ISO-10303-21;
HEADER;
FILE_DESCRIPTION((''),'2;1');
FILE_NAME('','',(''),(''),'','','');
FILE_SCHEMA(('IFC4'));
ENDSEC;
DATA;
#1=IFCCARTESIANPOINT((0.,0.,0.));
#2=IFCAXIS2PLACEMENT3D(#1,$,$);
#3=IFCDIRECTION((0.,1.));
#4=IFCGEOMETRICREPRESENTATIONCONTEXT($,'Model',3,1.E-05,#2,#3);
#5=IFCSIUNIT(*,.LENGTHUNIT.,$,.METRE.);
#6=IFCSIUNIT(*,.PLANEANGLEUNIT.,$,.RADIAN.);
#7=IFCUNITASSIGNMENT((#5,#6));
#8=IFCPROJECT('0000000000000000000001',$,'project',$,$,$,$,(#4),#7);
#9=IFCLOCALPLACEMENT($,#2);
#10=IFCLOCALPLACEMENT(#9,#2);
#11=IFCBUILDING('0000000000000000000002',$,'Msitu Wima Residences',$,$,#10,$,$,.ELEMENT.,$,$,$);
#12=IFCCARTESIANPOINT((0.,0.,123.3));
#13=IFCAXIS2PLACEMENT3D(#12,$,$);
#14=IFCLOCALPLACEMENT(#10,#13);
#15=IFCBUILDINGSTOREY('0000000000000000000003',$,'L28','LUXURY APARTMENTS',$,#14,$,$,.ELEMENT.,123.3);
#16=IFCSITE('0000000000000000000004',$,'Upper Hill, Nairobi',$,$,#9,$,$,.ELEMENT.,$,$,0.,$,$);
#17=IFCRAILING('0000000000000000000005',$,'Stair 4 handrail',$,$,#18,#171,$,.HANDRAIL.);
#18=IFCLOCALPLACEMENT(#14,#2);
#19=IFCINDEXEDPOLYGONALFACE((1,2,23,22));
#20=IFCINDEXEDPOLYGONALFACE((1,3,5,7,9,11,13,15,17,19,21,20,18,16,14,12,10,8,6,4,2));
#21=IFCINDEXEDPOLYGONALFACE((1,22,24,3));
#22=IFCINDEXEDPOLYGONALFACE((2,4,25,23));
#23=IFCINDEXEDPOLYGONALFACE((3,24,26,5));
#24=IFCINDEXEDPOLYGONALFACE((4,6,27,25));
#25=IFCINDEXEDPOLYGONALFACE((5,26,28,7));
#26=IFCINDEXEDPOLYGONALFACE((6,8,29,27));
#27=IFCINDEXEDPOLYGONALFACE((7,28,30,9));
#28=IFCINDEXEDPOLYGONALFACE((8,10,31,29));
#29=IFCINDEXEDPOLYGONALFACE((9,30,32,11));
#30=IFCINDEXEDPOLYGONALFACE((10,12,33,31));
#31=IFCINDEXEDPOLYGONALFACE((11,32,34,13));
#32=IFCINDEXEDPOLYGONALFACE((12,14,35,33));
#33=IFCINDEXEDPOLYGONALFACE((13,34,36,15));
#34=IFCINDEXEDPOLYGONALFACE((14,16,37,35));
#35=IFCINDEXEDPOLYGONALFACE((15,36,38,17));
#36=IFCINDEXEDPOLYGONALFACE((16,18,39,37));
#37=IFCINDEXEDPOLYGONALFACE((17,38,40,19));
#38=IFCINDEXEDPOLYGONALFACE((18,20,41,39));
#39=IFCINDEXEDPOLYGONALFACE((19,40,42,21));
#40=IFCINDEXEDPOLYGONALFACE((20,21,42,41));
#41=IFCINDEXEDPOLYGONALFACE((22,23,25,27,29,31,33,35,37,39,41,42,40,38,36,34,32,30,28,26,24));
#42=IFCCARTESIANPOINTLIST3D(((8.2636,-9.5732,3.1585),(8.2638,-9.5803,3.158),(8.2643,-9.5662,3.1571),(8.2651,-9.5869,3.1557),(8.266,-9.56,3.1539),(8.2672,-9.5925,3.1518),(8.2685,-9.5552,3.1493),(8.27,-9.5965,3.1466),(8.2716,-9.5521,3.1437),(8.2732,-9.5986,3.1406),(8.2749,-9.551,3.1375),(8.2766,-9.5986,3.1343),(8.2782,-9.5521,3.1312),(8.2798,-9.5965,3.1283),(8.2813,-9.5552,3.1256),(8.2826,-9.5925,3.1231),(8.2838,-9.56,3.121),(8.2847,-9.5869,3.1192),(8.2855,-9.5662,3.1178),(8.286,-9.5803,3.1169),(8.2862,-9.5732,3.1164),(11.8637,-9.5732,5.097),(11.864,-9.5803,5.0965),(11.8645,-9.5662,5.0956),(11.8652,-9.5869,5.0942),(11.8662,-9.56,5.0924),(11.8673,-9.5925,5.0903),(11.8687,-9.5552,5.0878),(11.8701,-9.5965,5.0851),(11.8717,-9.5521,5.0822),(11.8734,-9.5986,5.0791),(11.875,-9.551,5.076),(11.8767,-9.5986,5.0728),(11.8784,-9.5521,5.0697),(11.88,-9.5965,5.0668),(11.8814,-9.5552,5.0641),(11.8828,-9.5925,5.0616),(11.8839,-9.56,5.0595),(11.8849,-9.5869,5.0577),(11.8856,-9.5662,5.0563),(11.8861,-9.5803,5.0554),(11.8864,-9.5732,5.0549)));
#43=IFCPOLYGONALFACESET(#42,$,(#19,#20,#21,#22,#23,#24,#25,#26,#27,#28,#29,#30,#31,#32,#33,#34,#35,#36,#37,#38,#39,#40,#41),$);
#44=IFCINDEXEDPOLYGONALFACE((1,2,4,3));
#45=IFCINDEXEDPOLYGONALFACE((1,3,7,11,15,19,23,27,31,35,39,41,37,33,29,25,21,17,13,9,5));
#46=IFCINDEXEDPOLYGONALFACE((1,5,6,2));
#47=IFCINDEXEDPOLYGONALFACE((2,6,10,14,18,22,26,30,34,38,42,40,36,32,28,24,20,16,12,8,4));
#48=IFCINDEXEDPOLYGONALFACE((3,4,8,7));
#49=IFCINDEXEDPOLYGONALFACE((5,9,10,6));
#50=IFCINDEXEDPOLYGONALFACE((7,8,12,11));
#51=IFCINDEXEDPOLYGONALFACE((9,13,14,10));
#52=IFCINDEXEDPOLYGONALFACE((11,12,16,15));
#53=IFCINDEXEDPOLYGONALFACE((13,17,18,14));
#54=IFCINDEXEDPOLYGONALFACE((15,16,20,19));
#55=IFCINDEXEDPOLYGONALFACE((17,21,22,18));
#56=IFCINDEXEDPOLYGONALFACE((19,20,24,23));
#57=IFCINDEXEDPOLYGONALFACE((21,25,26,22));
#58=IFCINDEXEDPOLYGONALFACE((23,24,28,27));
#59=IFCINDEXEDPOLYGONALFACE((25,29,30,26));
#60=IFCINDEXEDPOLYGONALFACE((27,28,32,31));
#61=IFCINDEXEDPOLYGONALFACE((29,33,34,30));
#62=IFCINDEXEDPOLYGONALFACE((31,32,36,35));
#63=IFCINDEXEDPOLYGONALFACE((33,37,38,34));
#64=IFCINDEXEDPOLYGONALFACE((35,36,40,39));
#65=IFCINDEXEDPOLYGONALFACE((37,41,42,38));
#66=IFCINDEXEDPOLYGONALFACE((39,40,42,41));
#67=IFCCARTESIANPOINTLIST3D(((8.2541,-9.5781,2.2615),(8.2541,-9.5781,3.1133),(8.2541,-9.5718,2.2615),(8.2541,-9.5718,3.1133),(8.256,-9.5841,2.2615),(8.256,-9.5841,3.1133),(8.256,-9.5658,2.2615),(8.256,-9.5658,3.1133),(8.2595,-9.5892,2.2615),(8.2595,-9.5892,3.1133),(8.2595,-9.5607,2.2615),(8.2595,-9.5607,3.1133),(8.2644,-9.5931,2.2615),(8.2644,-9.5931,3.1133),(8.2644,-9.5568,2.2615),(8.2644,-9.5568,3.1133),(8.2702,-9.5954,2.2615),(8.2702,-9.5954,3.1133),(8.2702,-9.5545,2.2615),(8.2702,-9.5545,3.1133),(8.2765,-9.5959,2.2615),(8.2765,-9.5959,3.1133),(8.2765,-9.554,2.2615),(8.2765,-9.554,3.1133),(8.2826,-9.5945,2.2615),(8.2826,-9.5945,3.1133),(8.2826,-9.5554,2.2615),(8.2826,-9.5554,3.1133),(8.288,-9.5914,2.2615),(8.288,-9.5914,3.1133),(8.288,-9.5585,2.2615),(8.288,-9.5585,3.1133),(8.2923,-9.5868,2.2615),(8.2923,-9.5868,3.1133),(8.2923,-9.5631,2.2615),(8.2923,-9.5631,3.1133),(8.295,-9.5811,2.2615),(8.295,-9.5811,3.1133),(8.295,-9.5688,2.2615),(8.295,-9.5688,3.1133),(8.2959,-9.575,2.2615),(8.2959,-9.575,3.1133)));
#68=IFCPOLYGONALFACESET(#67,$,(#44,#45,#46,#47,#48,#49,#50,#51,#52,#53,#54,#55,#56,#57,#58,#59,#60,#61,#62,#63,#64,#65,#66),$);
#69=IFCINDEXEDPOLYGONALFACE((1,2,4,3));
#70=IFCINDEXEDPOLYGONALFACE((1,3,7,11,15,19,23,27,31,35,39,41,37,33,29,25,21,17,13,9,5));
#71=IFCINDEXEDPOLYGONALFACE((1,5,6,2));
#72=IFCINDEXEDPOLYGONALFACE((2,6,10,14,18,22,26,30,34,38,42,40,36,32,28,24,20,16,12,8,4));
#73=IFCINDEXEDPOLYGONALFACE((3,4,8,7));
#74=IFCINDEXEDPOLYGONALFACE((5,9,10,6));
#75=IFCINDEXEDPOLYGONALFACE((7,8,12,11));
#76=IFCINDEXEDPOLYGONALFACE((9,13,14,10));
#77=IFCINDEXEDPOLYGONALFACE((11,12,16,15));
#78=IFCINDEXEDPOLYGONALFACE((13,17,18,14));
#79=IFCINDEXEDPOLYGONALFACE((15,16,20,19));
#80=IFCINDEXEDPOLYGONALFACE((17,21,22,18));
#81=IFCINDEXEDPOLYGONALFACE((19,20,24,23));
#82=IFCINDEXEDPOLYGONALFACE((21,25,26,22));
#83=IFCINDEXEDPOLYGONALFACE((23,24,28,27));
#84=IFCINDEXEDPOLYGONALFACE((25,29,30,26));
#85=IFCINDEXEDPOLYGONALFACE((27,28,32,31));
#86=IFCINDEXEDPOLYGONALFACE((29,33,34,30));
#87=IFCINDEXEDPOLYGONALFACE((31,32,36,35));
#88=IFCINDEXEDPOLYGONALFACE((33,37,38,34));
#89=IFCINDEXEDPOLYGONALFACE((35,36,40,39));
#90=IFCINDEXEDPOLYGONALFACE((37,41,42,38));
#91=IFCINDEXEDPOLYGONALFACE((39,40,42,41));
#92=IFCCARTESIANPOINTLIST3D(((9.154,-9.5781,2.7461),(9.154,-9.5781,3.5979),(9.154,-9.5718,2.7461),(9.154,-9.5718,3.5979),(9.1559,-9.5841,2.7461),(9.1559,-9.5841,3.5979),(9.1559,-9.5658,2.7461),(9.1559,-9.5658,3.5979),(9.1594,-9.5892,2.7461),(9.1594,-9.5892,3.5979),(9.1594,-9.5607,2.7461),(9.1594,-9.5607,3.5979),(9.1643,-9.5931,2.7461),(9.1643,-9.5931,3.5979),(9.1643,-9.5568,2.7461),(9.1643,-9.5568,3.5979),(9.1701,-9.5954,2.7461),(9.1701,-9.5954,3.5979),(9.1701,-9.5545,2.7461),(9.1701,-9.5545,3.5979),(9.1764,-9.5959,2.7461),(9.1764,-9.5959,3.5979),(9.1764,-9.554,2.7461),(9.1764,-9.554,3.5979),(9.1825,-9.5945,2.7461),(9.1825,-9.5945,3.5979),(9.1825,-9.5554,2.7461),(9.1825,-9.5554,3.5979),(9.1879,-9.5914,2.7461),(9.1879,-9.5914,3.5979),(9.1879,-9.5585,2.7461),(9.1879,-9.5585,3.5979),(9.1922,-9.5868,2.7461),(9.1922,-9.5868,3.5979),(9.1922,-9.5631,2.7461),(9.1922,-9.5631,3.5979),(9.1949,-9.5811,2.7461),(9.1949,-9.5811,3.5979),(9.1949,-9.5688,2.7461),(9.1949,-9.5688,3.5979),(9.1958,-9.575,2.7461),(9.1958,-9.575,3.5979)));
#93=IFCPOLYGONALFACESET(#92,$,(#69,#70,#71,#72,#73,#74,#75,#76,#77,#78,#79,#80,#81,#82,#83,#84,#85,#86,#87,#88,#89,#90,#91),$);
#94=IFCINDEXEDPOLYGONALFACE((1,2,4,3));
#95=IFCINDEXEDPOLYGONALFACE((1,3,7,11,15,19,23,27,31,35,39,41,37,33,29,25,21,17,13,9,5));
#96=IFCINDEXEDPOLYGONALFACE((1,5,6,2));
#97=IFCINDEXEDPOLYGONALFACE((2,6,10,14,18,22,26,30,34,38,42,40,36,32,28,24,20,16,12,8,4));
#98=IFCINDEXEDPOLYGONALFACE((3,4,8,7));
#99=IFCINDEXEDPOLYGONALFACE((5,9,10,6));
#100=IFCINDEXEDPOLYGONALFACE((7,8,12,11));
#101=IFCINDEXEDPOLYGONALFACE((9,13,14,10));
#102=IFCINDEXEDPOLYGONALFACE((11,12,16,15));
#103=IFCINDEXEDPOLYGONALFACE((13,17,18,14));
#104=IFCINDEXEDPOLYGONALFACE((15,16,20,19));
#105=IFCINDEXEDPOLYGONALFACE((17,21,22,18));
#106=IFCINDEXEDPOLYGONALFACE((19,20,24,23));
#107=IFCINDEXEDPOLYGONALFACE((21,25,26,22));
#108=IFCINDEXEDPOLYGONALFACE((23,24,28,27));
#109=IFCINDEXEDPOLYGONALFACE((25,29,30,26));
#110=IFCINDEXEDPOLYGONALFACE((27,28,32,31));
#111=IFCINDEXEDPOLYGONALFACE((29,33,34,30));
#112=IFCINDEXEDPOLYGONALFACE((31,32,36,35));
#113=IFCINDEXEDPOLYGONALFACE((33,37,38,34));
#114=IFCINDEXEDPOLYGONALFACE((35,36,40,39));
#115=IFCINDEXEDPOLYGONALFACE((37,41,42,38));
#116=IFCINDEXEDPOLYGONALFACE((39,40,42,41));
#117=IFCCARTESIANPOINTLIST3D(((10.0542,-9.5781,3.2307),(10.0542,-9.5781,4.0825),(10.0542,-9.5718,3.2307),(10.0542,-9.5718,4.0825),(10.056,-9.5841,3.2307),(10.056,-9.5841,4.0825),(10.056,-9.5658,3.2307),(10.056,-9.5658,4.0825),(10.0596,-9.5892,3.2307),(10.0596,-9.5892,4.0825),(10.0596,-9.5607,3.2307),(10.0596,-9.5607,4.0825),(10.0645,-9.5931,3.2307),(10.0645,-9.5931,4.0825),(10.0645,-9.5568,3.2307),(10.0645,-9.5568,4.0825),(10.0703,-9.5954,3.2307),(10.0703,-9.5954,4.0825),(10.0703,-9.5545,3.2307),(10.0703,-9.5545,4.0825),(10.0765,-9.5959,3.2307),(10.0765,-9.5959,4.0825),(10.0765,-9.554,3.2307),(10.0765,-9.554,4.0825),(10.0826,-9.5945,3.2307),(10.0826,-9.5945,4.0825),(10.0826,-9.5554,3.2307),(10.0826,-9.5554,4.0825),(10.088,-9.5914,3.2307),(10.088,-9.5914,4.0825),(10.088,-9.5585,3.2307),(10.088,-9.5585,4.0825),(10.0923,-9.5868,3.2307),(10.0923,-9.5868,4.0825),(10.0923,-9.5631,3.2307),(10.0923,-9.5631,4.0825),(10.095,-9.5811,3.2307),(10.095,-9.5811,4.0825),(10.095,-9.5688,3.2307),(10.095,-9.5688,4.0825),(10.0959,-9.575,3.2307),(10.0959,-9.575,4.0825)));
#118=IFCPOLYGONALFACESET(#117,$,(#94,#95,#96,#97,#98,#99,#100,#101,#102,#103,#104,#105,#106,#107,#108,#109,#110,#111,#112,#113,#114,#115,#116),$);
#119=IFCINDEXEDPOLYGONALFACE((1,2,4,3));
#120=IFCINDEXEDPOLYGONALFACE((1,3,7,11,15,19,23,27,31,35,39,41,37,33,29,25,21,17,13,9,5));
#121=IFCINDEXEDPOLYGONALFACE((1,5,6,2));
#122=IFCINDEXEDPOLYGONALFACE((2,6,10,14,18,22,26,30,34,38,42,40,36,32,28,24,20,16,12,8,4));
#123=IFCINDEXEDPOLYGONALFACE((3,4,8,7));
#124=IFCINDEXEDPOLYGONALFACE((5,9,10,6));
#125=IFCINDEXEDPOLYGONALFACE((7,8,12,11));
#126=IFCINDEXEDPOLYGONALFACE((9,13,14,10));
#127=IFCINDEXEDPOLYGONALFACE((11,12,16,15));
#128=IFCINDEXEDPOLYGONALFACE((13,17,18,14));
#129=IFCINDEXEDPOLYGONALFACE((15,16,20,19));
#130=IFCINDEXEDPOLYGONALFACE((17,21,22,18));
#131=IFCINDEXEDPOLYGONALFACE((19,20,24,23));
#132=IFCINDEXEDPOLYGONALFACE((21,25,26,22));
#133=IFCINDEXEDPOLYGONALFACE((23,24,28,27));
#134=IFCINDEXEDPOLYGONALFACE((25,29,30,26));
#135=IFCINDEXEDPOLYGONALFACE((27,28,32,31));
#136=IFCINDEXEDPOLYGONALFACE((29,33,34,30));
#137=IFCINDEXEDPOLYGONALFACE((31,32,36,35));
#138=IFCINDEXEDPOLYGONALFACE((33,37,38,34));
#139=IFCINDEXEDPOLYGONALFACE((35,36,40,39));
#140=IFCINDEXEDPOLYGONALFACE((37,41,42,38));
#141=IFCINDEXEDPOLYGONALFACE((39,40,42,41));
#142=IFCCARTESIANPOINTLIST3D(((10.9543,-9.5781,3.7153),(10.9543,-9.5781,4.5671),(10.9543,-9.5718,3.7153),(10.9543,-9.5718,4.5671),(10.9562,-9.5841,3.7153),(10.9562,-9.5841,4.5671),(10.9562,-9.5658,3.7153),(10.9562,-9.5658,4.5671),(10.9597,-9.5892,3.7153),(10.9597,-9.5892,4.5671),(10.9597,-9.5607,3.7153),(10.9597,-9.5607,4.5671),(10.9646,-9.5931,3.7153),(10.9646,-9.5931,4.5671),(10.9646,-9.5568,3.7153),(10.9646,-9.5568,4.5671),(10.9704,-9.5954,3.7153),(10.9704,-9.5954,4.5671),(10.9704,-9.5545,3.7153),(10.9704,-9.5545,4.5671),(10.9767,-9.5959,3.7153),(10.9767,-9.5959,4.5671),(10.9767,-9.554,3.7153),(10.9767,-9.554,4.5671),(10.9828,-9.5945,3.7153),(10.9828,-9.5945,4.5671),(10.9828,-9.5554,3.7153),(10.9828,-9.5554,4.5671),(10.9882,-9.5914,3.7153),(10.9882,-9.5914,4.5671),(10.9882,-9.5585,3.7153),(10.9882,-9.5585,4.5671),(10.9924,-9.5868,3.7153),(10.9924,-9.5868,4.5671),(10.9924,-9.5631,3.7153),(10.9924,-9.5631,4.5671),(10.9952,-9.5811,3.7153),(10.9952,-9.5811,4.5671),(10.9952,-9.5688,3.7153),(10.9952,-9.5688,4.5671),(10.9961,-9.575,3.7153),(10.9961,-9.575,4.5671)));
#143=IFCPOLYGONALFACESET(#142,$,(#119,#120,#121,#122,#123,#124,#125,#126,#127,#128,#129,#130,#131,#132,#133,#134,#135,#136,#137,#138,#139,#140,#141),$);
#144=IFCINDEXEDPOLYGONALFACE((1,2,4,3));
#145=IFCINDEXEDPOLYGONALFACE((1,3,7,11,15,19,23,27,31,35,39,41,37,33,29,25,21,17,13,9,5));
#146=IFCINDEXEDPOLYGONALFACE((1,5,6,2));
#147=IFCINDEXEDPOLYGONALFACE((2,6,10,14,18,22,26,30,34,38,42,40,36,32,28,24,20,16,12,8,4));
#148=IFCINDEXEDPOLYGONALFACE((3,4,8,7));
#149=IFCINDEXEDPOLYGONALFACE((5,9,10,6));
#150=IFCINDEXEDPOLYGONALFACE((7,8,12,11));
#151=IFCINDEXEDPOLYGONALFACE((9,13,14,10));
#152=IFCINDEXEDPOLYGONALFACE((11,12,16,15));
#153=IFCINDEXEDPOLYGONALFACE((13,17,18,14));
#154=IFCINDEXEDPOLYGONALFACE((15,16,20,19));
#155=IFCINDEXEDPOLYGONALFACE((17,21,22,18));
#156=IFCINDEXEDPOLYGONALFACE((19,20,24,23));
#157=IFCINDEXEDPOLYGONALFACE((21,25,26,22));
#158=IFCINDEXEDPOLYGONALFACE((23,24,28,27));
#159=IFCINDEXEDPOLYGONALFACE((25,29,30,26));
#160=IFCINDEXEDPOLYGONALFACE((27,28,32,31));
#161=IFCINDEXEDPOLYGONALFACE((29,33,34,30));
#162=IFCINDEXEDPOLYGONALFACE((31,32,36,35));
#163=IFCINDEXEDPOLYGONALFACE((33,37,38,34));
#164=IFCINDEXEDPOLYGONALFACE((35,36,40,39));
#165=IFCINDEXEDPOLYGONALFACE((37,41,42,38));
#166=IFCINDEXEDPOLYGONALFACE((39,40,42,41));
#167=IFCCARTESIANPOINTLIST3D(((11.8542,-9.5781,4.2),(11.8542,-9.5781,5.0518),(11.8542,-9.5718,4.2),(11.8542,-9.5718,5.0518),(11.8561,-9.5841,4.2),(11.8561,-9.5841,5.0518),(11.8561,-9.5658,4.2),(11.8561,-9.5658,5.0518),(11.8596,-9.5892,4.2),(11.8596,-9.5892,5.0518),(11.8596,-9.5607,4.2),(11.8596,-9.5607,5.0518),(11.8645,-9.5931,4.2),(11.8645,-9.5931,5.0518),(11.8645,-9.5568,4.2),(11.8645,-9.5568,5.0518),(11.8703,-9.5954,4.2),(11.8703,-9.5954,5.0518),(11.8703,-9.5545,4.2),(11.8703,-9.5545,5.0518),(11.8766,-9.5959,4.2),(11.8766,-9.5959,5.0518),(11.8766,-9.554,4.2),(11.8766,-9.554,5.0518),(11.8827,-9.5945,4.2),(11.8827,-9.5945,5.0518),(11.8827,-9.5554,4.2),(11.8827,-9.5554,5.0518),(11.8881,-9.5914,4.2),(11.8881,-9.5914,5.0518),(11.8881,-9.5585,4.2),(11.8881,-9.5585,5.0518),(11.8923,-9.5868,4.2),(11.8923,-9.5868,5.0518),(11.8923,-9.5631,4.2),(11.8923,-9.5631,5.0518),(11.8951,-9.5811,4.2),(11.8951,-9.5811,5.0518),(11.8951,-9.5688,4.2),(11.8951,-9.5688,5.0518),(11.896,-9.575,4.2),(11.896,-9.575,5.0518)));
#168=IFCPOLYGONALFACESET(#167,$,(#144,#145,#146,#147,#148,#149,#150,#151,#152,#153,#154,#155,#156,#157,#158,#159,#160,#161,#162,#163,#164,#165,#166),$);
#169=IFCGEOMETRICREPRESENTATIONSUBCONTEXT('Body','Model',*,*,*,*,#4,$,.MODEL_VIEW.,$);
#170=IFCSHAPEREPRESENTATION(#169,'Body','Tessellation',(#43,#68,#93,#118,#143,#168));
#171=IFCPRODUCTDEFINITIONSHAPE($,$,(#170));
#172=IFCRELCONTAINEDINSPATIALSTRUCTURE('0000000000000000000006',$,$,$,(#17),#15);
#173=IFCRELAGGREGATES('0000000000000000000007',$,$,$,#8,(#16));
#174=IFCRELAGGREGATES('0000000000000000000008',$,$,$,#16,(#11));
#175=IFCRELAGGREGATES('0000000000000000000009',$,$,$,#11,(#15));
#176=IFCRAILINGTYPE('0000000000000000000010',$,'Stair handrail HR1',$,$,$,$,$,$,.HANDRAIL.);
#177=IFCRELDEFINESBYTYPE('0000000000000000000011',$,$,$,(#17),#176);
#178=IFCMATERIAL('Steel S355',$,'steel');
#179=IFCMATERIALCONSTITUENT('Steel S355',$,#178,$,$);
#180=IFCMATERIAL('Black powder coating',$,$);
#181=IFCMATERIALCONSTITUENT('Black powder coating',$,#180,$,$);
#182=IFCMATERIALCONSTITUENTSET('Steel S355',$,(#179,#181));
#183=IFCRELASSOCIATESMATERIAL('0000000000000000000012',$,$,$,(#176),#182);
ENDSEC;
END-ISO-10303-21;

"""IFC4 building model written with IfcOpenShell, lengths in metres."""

from ifc_helpers import new_model, si_unit, direction, frame, origin, origin_2d, place, context, subcontext, project, spatial, circle, extrude, material, constituent, constituent_set, type_object, element, save


model = new_model("IFC4")

# Units and contexts
model_context = context("Model", 3, precision=1e-05, world=origin(), true_north=direction((0.0, 1.0)))
body_context = subcontext(model_context, "Body", "Model", "MODEL_VIEW")
ifc_project = project(units=[si_unit("LENGTHUNIT", "METRE"), si_unit("PLANEANGLEUNIT", "RADIAN")], contexts=[model_context])

# Site, building, storey
site_placement = place(None, origin())
site = spatial("IfcSite", under=ifc_project, at=site_placement, Name="Upper Hill, Nairobi", CompositionType="ELEMENT", RefElevation=0.0)
building_placement = place(site_placement, origin())
building = spatial("IfcBuilding", under=site, at=building_placement, Name="Msitu Wima Residences", CompositionType="ELEMENT")
storey_placement = place(building_placement, frame((0.0, 0.0, 123.3)))
storey = spatial("IfcBuildingStorey", under=building, at=storey_placement, Name="L28", Description="LUXURY APARTMENTS", CompositionType="ELEMENT", Elevation=123.3)

# Railing
ifc_material_1 = material(Name="Steel S355", Category="steel")
ifc_constituent_1 = constituent(ifc_material_1, Name="Steel S355")
ifc_material_2 = material(Name="Black powder coating")
ifc_constituent_2 = constituent(ifc_material_2, Name="Black powder coating")
ifc_constituent_set = constituent_set(constituents=[ifc_constituent_1, ifc_constituent_2], Name="Steel S355")
railing_type = type_object("IfcRailingType", Name="Stair handrail HR1", PredefinedType="HANDRAIL", material=ifc_constituent_set)
for number, where, name in (
    (1, (8.2749, -9.575, 2.2615), "Stair 4 handrail"),
):
    element("IfcRailing", number, at=place(storey_placement, frame(where)), inside=storey, type_object=railing_type, Name=name, PredefinedType="HANDRAIL", context=body_context, shape_type="SweptSolid", body=[
        extrude(circle(Radius=0.0239, at=origin_2d()), frame((0.0, 0.0, 0.876), z_axis=(0.880475, 0.0, 0.474093), x_axis=(0.0, 1.0, 0.0)), (0.0, 0.0, 1.0), 4.0889),
        extrude(circle(Radius=0.021, at=origin_2d()), origin(), (0.0, 0.0, 1.0), 0.8518),
        extrude(circle(Radius=0.021, at=origin_2d()), frame((0.8999, 0.0, 0.4846)), (0.0, 0.0, 1.0), 0.8518),
        extrude(circle(Radius=0.021, at=origin_2d()), frame((1.8, 0.0, 0.9692)), (0.0, 0.0, 1.0), 0.8518),
        extrude(circle(Radius=0.021, at=origin_2d()), frame((2.7002, 0.0, 1.4539)), (0.0, 0.0, 1.0), 0.8518),
        extrude(circle(Radius=0.021, at=origin_2d()), frame((3.6001, 0.0, 1.9385)), (0.0, 0.0, 1.0), 0.8518),
    ])

save(model, "model.ifc")
